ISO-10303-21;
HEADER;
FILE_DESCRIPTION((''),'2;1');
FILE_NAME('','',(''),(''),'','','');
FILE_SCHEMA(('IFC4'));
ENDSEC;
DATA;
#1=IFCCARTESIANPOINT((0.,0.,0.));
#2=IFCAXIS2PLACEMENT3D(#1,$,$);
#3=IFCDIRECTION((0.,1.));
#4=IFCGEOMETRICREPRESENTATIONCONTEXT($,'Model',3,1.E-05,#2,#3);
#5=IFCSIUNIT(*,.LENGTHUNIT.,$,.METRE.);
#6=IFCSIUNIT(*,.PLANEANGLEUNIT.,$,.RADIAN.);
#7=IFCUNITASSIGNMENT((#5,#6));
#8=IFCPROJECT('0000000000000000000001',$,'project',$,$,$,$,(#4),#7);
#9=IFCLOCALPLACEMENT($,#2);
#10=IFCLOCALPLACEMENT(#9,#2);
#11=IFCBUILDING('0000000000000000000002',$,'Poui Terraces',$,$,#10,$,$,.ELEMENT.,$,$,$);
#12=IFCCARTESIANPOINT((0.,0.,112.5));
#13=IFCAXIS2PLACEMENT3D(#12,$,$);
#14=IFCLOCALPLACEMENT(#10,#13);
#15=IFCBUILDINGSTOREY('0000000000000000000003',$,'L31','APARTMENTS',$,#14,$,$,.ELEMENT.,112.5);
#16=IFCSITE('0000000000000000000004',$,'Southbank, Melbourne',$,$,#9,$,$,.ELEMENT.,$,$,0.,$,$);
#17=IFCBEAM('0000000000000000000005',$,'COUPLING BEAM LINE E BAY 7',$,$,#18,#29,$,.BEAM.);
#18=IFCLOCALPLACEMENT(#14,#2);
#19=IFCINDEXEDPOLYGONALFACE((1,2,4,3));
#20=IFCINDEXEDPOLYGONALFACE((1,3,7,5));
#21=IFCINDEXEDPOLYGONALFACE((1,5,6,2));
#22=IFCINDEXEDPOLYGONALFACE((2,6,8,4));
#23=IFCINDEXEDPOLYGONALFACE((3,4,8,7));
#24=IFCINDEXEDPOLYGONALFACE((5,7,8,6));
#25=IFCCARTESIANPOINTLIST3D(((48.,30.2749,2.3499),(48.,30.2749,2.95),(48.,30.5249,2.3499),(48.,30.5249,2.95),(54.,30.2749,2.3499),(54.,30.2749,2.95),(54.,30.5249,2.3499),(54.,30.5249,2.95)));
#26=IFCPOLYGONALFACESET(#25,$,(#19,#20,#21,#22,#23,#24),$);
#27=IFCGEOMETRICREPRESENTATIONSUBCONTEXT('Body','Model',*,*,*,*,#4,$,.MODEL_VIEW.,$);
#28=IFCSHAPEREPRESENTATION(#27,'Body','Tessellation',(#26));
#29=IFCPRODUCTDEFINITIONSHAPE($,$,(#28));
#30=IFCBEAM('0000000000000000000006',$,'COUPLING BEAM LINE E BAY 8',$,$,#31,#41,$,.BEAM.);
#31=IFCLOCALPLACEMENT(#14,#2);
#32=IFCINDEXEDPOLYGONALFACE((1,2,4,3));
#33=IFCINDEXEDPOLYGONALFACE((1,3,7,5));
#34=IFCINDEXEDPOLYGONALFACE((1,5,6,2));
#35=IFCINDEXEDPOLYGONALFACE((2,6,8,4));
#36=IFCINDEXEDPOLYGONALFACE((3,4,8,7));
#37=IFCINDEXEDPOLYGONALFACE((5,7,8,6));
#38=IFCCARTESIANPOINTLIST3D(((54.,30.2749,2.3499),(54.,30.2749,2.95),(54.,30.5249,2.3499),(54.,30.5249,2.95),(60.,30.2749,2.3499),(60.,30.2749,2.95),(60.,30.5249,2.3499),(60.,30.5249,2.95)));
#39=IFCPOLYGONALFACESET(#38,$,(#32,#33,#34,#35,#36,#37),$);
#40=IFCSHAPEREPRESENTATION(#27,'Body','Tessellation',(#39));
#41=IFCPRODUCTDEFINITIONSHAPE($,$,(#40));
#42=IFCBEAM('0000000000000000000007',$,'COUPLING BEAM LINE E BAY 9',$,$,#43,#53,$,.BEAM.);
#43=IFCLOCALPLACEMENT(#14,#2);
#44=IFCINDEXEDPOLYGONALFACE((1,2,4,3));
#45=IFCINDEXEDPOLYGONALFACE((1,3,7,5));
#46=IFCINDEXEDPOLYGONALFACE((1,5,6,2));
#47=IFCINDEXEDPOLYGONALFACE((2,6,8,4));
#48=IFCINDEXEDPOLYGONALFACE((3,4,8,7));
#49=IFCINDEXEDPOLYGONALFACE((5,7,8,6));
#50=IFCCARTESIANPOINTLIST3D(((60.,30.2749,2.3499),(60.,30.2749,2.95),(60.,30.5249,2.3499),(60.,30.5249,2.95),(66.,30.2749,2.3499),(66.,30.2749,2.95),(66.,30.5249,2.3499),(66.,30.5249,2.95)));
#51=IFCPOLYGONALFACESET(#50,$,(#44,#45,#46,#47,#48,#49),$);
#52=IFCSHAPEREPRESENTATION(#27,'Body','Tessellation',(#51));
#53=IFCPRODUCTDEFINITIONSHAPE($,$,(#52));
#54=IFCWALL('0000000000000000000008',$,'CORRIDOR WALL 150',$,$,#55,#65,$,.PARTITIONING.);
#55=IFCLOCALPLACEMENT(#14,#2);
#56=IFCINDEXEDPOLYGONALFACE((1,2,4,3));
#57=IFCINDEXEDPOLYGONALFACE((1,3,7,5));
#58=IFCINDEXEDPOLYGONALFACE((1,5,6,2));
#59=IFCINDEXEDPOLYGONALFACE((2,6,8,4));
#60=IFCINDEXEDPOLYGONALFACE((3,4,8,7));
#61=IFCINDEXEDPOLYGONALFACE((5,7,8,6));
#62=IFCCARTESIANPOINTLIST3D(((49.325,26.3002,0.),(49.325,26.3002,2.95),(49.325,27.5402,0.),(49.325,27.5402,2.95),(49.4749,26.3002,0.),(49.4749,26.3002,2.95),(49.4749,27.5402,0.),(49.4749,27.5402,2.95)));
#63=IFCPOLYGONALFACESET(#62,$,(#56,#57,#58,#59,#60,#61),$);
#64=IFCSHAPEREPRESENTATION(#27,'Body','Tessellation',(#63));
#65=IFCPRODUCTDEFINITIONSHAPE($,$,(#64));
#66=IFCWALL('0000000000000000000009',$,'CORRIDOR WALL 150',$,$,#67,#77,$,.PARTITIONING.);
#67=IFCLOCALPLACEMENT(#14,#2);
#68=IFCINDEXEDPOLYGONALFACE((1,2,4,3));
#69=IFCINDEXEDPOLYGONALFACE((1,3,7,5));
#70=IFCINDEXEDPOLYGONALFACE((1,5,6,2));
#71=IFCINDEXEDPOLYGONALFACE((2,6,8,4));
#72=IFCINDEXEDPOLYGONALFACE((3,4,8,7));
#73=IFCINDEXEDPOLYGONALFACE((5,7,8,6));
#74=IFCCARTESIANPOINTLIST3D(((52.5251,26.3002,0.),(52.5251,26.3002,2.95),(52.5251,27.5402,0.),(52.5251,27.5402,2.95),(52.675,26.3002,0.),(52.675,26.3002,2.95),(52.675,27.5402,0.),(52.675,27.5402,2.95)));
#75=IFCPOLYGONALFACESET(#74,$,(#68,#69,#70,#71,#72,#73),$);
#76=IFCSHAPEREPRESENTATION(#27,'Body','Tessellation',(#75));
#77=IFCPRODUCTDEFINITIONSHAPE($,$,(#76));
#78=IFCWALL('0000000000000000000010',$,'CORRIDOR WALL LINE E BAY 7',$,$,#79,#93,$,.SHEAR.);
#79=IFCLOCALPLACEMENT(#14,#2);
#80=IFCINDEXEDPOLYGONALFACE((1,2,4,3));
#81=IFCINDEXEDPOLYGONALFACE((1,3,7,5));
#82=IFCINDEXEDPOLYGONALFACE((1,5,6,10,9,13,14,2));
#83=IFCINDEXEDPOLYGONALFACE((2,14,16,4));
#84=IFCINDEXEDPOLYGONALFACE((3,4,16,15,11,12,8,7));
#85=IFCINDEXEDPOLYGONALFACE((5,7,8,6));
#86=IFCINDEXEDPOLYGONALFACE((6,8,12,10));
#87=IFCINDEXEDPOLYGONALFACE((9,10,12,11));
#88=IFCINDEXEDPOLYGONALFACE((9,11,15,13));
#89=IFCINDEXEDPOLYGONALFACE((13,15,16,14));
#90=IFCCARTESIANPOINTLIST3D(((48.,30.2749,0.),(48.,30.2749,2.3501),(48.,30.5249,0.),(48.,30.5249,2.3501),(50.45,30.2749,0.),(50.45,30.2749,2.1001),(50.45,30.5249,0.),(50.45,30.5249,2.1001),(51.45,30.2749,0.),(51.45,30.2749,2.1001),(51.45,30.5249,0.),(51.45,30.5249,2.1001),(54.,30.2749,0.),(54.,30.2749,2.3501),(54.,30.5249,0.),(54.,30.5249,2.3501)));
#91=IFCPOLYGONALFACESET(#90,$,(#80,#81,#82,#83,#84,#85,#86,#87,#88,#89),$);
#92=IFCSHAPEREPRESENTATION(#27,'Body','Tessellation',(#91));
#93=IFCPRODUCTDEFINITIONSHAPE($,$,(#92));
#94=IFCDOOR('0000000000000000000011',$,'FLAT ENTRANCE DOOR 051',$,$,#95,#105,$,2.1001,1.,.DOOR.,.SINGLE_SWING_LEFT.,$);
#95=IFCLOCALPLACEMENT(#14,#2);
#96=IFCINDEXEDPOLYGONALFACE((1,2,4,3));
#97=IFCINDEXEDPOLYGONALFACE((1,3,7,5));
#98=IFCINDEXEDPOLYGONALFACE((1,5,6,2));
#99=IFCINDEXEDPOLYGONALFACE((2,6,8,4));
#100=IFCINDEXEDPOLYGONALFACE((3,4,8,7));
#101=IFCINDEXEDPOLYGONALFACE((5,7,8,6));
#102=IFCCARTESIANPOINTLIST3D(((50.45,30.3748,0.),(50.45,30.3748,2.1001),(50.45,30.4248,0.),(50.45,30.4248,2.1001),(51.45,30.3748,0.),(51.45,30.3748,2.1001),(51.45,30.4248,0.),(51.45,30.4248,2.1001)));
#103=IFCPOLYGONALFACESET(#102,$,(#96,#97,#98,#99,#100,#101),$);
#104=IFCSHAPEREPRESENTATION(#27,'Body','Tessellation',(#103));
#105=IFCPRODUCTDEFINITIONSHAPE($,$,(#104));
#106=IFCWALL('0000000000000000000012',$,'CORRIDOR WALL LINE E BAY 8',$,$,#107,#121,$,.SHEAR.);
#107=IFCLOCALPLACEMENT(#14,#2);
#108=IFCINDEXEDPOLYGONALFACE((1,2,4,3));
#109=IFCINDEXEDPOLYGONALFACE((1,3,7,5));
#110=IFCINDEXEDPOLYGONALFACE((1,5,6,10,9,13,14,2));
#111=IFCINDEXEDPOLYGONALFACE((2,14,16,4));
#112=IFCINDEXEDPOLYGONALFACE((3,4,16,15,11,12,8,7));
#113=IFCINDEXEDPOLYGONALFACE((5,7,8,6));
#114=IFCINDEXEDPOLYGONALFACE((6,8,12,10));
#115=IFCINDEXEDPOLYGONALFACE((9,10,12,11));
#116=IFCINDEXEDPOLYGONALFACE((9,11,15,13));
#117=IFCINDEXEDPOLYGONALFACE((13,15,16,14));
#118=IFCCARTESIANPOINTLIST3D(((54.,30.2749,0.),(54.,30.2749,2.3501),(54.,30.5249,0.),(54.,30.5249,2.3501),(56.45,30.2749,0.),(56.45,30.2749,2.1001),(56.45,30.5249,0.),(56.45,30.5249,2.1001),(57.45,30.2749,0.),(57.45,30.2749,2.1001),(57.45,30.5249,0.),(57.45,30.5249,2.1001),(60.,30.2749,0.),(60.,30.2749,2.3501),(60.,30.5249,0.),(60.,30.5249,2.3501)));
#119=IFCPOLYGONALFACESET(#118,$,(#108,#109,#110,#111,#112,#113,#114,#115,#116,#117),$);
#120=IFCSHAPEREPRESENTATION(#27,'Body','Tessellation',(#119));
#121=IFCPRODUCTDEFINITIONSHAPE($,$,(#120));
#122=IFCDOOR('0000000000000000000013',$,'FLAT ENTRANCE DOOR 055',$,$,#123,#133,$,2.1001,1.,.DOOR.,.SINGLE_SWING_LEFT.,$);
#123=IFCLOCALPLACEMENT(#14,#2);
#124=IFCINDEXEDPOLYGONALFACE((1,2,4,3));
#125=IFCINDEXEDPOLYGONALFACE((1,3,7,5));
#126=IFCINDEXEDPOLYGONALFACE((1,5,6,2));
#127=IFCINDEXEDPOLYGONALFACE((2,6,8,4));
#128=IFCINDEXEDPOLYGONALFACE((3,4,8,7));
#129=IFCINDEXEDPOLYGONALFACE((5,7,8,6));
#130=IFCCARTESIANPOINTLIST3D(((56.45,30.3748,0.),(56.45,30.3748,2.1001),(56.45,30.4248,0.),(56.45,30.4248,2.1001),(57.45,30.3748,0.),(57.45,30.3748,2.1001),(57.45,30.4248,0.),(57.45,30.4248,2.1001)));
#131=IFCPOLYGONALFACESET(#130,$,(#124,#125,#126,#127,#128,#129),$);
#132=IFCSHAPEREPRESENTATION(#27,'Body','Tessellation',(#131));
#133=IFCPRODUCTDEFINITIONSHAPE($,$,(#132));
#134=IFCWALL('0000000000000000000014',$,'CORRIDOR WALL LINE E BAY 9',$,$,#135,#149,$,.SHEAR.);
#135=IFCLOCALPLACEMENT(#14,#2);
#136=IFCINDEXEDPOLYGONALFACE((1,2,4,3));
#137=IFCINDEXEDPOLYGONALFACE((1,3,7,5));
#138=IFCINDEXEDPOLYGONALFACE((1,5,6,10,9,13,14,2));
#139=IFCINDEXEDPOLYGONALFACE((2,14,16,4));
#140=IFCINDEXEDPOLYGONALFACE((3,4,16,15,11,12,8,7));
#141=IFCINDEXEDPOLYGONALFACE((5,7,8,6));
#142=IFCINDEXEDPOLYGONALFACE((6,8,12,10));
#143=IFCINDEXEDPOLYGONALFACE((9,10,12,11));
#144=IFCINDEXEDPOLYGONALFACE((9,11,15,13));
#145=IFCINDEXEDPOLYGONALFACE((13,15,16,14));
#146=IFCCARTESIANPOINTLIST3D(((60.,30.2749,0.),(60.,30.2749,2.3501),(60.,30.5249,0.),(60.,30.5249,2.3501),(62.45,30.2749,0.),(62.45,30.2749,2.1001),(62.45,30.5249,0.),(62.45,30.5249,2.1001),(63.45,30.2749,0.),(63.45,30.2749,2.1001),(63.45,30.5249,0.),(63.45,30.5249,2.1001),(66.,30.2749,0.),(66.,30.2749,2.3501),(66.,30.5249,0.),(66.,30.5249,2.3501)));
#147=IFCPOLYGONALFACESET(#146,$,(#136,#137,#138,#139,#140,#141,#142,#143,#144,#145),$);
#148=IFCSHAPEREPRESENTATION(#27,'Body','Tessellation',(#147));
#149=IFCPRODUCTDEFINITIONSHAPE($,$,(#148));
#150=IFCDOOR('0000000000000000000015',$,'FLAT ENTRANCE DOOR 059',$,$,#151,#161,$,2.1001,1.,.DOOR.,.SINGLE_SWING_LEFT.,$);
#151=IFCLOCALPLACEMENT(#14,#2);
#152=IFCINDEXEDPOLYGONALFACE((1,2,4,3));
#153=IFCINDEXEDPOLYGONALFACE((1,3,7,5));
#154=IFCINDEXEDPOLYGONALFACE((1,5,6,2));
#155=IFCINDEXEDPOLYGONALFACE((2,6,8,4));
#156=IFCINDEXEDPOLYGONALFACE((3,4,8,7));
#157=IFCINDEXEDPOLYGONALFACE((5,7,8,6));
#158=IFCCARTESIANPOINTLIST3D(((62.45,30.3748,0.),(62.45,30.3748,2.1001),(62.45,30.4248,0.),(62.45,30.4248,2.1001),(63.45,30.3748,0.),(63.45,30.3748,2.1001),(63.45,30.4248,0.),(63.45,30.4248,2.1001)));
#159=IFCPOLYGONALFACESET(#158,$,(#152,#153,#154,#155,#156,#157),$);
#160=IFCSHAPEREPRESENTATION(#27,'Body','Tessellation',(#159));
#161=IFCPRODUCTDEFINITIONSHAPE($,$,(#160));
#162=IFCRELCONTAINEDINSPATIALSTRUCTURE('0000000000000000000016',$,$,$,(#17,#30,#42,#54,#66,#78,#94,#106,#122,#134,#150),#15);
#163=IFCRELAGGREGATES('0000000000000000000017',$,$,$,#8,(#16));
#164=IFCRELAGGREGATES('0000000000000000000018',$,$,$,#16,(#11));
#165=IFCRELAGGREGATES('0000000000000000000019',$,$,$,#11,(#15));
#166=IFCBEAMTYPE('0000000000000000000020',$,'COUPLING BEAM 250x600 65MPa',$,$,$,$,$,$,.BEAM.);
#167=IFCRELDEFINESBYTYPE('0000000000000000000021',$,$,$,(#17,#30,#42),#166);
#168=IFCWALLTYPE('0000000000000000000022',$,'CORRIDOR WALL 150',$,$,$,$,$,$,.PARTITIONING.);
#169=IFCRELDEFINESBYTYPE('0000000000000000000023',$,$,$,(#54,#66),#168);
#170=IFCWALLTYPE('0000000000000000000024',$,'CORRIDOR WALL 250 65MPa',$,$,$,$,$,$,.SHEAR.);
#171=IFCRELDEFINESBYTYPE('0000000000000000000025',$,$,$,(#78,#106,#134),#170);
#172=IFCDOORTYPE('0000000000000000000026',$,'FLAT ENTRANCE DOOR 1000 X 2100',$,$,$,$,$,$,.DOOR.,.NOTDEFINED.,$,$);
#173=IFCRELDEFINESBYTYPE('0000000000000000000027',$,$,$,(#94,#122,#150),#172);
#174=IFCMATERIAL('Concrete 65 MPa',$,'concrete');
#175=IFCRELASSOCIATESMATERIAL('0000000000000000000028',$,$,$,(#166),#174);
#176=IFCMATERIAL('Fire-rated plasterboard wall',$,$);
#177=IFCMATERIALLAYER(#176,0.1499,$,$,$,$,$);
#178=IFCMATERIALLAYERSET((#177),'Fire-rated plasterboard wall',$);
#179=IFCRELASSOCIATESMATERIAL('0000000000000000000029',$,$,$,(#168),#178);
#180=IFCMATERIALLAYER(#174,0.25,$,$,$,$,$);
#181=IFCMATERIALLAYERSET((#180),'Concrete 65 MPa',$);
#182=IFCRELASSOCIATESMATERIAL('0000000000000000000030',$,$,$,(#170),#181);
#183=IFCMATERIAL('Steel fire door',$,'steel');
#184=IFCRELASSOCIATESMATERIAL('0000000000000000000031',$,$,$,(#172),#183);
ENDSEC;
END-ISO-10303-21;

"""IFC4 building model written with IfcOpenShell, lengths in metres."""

from ifc_helpers import new_model, si_unit, direction, frame, frame_2d, origin, origin_2d, place, context, subcontext, project, spatial, rectangle, extrude, source, transform, mapped, material, layer, layer_set, material_profile, profile_set, type_object, element, fill, save


model = new_model("IFC4")

# Units and contexts
model_context = context("Model", 3, precision=1e-05, world=origin(), true_north=direction((0.0, 1.0)))
body_context = subcontext(model_context, "Body", "Model", "MODEL_VIEW")
ifc_project = project(units=[si_unit("LENGTHUNIT", "METRE"), si_unit("PLANEANGLEUNIT", "RADIAN")], contexts=[model_context])

# Site, building, storey
site_placement = place(None, origin())
site = spatial("IfcSite", under=ifc_project, at=site_placement, Name="Southbank, Melbourne", CompositionType="ELEMENT", RefElevation=0.0)
building_placement = place(site_placement, origin())
building = spatial("IfcBuilding", under=site, at=building_placement, Name="Poui Terraces", CompositionType="ELEMENT")
storey_placement = place(building_placement, frame((0.0, 0.0, 112.5)))
storey = spatial("IfcBuildingStorey", under=building, at=storey_placement, Name="L31", Description="APARTMENTS", CompositionType="ELEMENT", Elevation=112.5)

# Beams
ifc_material_1 = material(Name="Concrete 65 MPa", Category="concrete")
ifc_material_profile = material_profile(ifc_material_1, rectangle(XDim=0.25, YDim=0.6001, at=origin_2d()), Name="RC 250x600")
ifc_profile_set = profile_set([ifc_material_profile], Name="Concrete 65 MPa")
beam_type = type_object("IfcBeamType", Name="COUPLING BEAM 250x600 65MPa", PredefinedType="BEAM", material=ifc_profile_set)
shared_shape = source(origin(), body_context, "Body", "SweptSolid", [
    extrude(rectangle(XDim=0.25, YDim=0.6001, at=origin_2d()), origin(), (0.0, 0.0, 1.0), 6.0),
])
for number, where, z_axis, x_axis, name in (
    (1, (48.0, 30.3999, 2.6499), (1.0, 0.0, 0.0), (0.0, 1.0, 0.0), "COUPLING BEAM LINE E BAY 7"),
    (2, (54.0, 30.3999, 2.6499), (1.0, 0.0, 0.0), (0.0, 1.0, 0.0), "COUPLING BEAM LINE E BAY 8"),
    (3, (60.0, 30.3999, 2.6499), (1.0, 0.0, 0.0), (0.0, 1.0, 0.0), "COUPLING BEAM LINE E BAY 9"),
):
    element("IfcBeam", number, at=place(storey_placement, frame(where, z_axis=z_axis, x_axis=x_axis)), inside=storey, type_object=beam_type, Name=name, PredefinedType="BEAM", context=body_context, shape_type="MappedRepresentation", body=[
        mapped(shared_shape, transform((0.0, 0.0, 0.0))),
    ])

# Walls
ifc_material_2 = material(Name="Fire-rated plasterboard wall")
ifc_layer_1 = layer(ifc_material_2, 0.1499)
ifc_layer_set_1 = layer_set([ifc_layer_1], Name="Fire-rated plasterboard wall")
wall_type_1 = type_object("IfcWallType", Name="CORRIDOR WALL 150", PredefinedType="PARTITIONING", material=ifc_layer_set_1)
for number, where, z_axis, x_axis, name in (
    (4, (49.3999, 26.3, 0.0), (0.0, 0.0, 1.0), (0.0, 1.0, 0.0), "CORRIDOR WALL 150"),
    (5, (52.6001, 26.3, 0.0), (0.0, 0.0, 1.0), (0.0, 1.0, 0.0), "CORRIDOR WALL 150"),
):
    element("IfcWall", number, at=place(storey_placement, frame(where, z_axis=z_axis, x_axis=x_axis)), inside=storey, type_object=wall_type_1, Name=name, PredefinedType="PARTITIONING", context=body_context, shape_type="SweptSolid", body=[
        extrude(rectangle(XDim=1.24, YDim=0.1499, at=frame_2d((0.6201, 0.0))), origin(), (0.0, 0.0, 1.0), 2.95),
    ])

# Walls, openings, doors
ifc_layer_2 = layer(ifc_material_1, 0.25)
ifc_layer_set_2 = layer_set([ifc_layer_2], Name="Concrete 65 MPa")
wall_type_2 = type_object("IfcWallType", Name="CORRIDOR WALL 250 65MPa", PredefinedType="SHEAR", material=ifc_layer_set_2)
wall_1_placement = place(storey_placement, frame((48.0, 30.3999, 0.0), z_axis=(0.0, 0.0, 1.0), x_axis=(1.0, 0.0, 0.0)))
wall_1 = element("IfcWall", 6, at=wall_1_placement, inside=storey, type_object=wall_type_2, Name="CORRIDOR WALL LINE E BAY 7", PredefinedType="SHEAR", context=body_context, shape_type="SweptSolid", body=[
    extrude(rectangle(XDim=6.0, YDim=0.25, at=frame_2d((3.0, 0.0))), origin(), (0.0, 0.0, 1.0), 2.3501),
])
opening_1_placement = place(wall_1_placement, frame((2.45, 0.0, 0.0)))
opening_1 = element("IfcOpeningElement", 7, at=opening_1_placement, cuts=wall_1, PredefinedType="OPENING", context=body_context, shape_type="SweptSolid", body=[
    extrude(rectangle(XDim=1.0, YDim=2.1001, at=frame_2d((0.5, 1.05))), frame((0.0, 0.135, 0.0), z_axis=(0.0, -1.0, 0.0), x_axis=(1.0, 0.0, 0.0)), (0.0, 0.0, 1.0), 0.27),
])
ifc_material_3 = material(Name="Steel fire door", Category="steel")
door_type_1 = type_object("IfcDoorType", Name="FLAT ENTRANCE DOOR 1000 X 2100", OperationType="NOTDEFINED", PredefinedType="DOOR", material=ifc_material_3)
door_1_placement = place(opening_1_placement, origin())
door_1 = element("IfcDoor", 8, at=door_1_placement, inside=storey, type_object=door_type_1, Name="FLAT ENTRANCE DOOR 051", OperationType="SINGLE_SWING_LEFT", OverallHeight=2.1001, OverallWidth=1.0, PredefinedType="DOOR", context=body_context, shape_type="SweptSolid", body=[
    extrude(rectangle(XDim=1.0, YDim=2.1001, at=frame_2d((0.5, 1.05))), frame((0.0, 0.0249, 0.0), z_axis=(0.0, -1.0, 0.0), x_axis=(1.0, 0.0, 0.0)), (0.0, 0.0, 1.0), 0.05),
])
fill(opening_1, door_1)
wall_2_placement = place(storey_placement, frame((54.0, 30.3999, 0.0), z_axis=(0.0, 0.0, 1.0), x_axis=(1.0, 0.0, 0.0)))
wall_2 = element("IfcWall", 9, at=wall_2_placement, inside=storey, type_object=wall_type_2, Name="CORRIDOR WALL LINE E BAY 8", PredefinedType="SHEAR", context=body_context, shape_type="SweptSolid", body=[
    extrude(rectangle(XDim=6.0, YDim=0.25, at=frame_2d((3.0, 0.0))), origin(), (0.0, 0.0, 1.0), 2.3501),
])
opening_2_placement = place(wall_2_placement, frame((2.45, 0.0, 0.0)))
opening_2 = element("IfcOpeningElement", 10, at=opening_2_placement, cuts=wall_2, PredefinedType="OPENING", context=body_context, shape_type="SweptSolid", body=[
    extrude(rectangle(XDim=1.0, YDim=2.1001, at=frame_2d((0.5, 1.05))), frame((0.0, 0.135, 0.0), z_axis=(0.0, -1.0, 0.0), x_axis=(1.0, 0.0, 0.0)), (0.0, 0.0, 1.0), 0.27),
])
door_2_placement = place(opening_2_placement, origin())
door_2 = element("IfcDoor", 11, at=door_2_placement, inside=storey, type_object=door_type_1, Name="FLAT ENTRANCE DOOR 055", OperationType="SINGLE_SWING_LEFT", OverallHeight=2.1001, OverallWidth=1.0, PredefinedType="DOOR", context=body_context, shape_type="SweptSolid", body=[
    extrude(rectangle(XDim=1.0, YDim=2.1001, at=frame_2d((0.5, 1.05))), frame((0.0, 0.0249, 0.0), z_axis=(0.0, -1.0, 0.0), x_axis=(1.0, 0.0, 0.0)), (0.0, 0.0, 1.0), 0.05),
])
fill(opening_2, door_2)
wall_3_placement = place(storey_placement, frame((60.0, 30.3999, 0.0), z_axis=(0.0, 0.0, 1.0), x_axis=(1.0, 0.0, 0.0)))
wall_3 = element("IfcWall", 12, at=wall_3_placement, inside=storey, type_object=wall_type_2, Name="CORRIDOR WALL LINE E BAY 9", PredefinedType="SHEAR", context=body_context, shape_type="SweptSolid", body=[
    extrude(rectangle(XDim=6.0, YDim=0.25, at=frame_2d((3.0, 0.0))), origin(), (0.0, 0.0, 1.0), 2.3501),
])
opening_3_placement = place(wall_3_placement, frame((2.45, 0.0, 0.0)))
opening_3 = element("IfcOpeningElement", 13, at=opening_3_placement, cuts=wall_3, PredefinedType="OPENING", context=body_context, shape_type="SweptSolid", body=[
    extrude(rectangle(XDim=1.0, YDim=2.1001, at=frame_2d((0.5, 1.05))), frame((0.0, 0.135, 0.0), z_axis=(0.0, -1.0, 0.0), x_axis=(1.0, 0.0, 0.0)), (0.0, 0.0, 1.0), 0.27),
])
door_3_placement = place(opening_3_placement, origin())
door_3 = element("IfcDoor", 14, at=door_3_placement, inside=storey, type_object=door_type_1, Name="FLAT ENTRANCE DOOR 059", OperationType="SINGLE_SWING_LEFT", OverallHeight=2.1001, OverallWidth=1.0, PredefinedType="DOOR", context=body_context, shape_type="SweptSolid", body=[
    extrude(rectangle(XDim=1.0, YDim=2.1001, at=frame_2d((0.5, 1.05))), frame((0.0, 0.0249, 0.0), z_axis=(0.0, -1.0, 0.0), x_axis=(1.0, 0.0, 0.0)), (0.0, 0.0, 1.0), 0.05),
])
fill(opening_3, door_3)

save(model, "model.ifc")
